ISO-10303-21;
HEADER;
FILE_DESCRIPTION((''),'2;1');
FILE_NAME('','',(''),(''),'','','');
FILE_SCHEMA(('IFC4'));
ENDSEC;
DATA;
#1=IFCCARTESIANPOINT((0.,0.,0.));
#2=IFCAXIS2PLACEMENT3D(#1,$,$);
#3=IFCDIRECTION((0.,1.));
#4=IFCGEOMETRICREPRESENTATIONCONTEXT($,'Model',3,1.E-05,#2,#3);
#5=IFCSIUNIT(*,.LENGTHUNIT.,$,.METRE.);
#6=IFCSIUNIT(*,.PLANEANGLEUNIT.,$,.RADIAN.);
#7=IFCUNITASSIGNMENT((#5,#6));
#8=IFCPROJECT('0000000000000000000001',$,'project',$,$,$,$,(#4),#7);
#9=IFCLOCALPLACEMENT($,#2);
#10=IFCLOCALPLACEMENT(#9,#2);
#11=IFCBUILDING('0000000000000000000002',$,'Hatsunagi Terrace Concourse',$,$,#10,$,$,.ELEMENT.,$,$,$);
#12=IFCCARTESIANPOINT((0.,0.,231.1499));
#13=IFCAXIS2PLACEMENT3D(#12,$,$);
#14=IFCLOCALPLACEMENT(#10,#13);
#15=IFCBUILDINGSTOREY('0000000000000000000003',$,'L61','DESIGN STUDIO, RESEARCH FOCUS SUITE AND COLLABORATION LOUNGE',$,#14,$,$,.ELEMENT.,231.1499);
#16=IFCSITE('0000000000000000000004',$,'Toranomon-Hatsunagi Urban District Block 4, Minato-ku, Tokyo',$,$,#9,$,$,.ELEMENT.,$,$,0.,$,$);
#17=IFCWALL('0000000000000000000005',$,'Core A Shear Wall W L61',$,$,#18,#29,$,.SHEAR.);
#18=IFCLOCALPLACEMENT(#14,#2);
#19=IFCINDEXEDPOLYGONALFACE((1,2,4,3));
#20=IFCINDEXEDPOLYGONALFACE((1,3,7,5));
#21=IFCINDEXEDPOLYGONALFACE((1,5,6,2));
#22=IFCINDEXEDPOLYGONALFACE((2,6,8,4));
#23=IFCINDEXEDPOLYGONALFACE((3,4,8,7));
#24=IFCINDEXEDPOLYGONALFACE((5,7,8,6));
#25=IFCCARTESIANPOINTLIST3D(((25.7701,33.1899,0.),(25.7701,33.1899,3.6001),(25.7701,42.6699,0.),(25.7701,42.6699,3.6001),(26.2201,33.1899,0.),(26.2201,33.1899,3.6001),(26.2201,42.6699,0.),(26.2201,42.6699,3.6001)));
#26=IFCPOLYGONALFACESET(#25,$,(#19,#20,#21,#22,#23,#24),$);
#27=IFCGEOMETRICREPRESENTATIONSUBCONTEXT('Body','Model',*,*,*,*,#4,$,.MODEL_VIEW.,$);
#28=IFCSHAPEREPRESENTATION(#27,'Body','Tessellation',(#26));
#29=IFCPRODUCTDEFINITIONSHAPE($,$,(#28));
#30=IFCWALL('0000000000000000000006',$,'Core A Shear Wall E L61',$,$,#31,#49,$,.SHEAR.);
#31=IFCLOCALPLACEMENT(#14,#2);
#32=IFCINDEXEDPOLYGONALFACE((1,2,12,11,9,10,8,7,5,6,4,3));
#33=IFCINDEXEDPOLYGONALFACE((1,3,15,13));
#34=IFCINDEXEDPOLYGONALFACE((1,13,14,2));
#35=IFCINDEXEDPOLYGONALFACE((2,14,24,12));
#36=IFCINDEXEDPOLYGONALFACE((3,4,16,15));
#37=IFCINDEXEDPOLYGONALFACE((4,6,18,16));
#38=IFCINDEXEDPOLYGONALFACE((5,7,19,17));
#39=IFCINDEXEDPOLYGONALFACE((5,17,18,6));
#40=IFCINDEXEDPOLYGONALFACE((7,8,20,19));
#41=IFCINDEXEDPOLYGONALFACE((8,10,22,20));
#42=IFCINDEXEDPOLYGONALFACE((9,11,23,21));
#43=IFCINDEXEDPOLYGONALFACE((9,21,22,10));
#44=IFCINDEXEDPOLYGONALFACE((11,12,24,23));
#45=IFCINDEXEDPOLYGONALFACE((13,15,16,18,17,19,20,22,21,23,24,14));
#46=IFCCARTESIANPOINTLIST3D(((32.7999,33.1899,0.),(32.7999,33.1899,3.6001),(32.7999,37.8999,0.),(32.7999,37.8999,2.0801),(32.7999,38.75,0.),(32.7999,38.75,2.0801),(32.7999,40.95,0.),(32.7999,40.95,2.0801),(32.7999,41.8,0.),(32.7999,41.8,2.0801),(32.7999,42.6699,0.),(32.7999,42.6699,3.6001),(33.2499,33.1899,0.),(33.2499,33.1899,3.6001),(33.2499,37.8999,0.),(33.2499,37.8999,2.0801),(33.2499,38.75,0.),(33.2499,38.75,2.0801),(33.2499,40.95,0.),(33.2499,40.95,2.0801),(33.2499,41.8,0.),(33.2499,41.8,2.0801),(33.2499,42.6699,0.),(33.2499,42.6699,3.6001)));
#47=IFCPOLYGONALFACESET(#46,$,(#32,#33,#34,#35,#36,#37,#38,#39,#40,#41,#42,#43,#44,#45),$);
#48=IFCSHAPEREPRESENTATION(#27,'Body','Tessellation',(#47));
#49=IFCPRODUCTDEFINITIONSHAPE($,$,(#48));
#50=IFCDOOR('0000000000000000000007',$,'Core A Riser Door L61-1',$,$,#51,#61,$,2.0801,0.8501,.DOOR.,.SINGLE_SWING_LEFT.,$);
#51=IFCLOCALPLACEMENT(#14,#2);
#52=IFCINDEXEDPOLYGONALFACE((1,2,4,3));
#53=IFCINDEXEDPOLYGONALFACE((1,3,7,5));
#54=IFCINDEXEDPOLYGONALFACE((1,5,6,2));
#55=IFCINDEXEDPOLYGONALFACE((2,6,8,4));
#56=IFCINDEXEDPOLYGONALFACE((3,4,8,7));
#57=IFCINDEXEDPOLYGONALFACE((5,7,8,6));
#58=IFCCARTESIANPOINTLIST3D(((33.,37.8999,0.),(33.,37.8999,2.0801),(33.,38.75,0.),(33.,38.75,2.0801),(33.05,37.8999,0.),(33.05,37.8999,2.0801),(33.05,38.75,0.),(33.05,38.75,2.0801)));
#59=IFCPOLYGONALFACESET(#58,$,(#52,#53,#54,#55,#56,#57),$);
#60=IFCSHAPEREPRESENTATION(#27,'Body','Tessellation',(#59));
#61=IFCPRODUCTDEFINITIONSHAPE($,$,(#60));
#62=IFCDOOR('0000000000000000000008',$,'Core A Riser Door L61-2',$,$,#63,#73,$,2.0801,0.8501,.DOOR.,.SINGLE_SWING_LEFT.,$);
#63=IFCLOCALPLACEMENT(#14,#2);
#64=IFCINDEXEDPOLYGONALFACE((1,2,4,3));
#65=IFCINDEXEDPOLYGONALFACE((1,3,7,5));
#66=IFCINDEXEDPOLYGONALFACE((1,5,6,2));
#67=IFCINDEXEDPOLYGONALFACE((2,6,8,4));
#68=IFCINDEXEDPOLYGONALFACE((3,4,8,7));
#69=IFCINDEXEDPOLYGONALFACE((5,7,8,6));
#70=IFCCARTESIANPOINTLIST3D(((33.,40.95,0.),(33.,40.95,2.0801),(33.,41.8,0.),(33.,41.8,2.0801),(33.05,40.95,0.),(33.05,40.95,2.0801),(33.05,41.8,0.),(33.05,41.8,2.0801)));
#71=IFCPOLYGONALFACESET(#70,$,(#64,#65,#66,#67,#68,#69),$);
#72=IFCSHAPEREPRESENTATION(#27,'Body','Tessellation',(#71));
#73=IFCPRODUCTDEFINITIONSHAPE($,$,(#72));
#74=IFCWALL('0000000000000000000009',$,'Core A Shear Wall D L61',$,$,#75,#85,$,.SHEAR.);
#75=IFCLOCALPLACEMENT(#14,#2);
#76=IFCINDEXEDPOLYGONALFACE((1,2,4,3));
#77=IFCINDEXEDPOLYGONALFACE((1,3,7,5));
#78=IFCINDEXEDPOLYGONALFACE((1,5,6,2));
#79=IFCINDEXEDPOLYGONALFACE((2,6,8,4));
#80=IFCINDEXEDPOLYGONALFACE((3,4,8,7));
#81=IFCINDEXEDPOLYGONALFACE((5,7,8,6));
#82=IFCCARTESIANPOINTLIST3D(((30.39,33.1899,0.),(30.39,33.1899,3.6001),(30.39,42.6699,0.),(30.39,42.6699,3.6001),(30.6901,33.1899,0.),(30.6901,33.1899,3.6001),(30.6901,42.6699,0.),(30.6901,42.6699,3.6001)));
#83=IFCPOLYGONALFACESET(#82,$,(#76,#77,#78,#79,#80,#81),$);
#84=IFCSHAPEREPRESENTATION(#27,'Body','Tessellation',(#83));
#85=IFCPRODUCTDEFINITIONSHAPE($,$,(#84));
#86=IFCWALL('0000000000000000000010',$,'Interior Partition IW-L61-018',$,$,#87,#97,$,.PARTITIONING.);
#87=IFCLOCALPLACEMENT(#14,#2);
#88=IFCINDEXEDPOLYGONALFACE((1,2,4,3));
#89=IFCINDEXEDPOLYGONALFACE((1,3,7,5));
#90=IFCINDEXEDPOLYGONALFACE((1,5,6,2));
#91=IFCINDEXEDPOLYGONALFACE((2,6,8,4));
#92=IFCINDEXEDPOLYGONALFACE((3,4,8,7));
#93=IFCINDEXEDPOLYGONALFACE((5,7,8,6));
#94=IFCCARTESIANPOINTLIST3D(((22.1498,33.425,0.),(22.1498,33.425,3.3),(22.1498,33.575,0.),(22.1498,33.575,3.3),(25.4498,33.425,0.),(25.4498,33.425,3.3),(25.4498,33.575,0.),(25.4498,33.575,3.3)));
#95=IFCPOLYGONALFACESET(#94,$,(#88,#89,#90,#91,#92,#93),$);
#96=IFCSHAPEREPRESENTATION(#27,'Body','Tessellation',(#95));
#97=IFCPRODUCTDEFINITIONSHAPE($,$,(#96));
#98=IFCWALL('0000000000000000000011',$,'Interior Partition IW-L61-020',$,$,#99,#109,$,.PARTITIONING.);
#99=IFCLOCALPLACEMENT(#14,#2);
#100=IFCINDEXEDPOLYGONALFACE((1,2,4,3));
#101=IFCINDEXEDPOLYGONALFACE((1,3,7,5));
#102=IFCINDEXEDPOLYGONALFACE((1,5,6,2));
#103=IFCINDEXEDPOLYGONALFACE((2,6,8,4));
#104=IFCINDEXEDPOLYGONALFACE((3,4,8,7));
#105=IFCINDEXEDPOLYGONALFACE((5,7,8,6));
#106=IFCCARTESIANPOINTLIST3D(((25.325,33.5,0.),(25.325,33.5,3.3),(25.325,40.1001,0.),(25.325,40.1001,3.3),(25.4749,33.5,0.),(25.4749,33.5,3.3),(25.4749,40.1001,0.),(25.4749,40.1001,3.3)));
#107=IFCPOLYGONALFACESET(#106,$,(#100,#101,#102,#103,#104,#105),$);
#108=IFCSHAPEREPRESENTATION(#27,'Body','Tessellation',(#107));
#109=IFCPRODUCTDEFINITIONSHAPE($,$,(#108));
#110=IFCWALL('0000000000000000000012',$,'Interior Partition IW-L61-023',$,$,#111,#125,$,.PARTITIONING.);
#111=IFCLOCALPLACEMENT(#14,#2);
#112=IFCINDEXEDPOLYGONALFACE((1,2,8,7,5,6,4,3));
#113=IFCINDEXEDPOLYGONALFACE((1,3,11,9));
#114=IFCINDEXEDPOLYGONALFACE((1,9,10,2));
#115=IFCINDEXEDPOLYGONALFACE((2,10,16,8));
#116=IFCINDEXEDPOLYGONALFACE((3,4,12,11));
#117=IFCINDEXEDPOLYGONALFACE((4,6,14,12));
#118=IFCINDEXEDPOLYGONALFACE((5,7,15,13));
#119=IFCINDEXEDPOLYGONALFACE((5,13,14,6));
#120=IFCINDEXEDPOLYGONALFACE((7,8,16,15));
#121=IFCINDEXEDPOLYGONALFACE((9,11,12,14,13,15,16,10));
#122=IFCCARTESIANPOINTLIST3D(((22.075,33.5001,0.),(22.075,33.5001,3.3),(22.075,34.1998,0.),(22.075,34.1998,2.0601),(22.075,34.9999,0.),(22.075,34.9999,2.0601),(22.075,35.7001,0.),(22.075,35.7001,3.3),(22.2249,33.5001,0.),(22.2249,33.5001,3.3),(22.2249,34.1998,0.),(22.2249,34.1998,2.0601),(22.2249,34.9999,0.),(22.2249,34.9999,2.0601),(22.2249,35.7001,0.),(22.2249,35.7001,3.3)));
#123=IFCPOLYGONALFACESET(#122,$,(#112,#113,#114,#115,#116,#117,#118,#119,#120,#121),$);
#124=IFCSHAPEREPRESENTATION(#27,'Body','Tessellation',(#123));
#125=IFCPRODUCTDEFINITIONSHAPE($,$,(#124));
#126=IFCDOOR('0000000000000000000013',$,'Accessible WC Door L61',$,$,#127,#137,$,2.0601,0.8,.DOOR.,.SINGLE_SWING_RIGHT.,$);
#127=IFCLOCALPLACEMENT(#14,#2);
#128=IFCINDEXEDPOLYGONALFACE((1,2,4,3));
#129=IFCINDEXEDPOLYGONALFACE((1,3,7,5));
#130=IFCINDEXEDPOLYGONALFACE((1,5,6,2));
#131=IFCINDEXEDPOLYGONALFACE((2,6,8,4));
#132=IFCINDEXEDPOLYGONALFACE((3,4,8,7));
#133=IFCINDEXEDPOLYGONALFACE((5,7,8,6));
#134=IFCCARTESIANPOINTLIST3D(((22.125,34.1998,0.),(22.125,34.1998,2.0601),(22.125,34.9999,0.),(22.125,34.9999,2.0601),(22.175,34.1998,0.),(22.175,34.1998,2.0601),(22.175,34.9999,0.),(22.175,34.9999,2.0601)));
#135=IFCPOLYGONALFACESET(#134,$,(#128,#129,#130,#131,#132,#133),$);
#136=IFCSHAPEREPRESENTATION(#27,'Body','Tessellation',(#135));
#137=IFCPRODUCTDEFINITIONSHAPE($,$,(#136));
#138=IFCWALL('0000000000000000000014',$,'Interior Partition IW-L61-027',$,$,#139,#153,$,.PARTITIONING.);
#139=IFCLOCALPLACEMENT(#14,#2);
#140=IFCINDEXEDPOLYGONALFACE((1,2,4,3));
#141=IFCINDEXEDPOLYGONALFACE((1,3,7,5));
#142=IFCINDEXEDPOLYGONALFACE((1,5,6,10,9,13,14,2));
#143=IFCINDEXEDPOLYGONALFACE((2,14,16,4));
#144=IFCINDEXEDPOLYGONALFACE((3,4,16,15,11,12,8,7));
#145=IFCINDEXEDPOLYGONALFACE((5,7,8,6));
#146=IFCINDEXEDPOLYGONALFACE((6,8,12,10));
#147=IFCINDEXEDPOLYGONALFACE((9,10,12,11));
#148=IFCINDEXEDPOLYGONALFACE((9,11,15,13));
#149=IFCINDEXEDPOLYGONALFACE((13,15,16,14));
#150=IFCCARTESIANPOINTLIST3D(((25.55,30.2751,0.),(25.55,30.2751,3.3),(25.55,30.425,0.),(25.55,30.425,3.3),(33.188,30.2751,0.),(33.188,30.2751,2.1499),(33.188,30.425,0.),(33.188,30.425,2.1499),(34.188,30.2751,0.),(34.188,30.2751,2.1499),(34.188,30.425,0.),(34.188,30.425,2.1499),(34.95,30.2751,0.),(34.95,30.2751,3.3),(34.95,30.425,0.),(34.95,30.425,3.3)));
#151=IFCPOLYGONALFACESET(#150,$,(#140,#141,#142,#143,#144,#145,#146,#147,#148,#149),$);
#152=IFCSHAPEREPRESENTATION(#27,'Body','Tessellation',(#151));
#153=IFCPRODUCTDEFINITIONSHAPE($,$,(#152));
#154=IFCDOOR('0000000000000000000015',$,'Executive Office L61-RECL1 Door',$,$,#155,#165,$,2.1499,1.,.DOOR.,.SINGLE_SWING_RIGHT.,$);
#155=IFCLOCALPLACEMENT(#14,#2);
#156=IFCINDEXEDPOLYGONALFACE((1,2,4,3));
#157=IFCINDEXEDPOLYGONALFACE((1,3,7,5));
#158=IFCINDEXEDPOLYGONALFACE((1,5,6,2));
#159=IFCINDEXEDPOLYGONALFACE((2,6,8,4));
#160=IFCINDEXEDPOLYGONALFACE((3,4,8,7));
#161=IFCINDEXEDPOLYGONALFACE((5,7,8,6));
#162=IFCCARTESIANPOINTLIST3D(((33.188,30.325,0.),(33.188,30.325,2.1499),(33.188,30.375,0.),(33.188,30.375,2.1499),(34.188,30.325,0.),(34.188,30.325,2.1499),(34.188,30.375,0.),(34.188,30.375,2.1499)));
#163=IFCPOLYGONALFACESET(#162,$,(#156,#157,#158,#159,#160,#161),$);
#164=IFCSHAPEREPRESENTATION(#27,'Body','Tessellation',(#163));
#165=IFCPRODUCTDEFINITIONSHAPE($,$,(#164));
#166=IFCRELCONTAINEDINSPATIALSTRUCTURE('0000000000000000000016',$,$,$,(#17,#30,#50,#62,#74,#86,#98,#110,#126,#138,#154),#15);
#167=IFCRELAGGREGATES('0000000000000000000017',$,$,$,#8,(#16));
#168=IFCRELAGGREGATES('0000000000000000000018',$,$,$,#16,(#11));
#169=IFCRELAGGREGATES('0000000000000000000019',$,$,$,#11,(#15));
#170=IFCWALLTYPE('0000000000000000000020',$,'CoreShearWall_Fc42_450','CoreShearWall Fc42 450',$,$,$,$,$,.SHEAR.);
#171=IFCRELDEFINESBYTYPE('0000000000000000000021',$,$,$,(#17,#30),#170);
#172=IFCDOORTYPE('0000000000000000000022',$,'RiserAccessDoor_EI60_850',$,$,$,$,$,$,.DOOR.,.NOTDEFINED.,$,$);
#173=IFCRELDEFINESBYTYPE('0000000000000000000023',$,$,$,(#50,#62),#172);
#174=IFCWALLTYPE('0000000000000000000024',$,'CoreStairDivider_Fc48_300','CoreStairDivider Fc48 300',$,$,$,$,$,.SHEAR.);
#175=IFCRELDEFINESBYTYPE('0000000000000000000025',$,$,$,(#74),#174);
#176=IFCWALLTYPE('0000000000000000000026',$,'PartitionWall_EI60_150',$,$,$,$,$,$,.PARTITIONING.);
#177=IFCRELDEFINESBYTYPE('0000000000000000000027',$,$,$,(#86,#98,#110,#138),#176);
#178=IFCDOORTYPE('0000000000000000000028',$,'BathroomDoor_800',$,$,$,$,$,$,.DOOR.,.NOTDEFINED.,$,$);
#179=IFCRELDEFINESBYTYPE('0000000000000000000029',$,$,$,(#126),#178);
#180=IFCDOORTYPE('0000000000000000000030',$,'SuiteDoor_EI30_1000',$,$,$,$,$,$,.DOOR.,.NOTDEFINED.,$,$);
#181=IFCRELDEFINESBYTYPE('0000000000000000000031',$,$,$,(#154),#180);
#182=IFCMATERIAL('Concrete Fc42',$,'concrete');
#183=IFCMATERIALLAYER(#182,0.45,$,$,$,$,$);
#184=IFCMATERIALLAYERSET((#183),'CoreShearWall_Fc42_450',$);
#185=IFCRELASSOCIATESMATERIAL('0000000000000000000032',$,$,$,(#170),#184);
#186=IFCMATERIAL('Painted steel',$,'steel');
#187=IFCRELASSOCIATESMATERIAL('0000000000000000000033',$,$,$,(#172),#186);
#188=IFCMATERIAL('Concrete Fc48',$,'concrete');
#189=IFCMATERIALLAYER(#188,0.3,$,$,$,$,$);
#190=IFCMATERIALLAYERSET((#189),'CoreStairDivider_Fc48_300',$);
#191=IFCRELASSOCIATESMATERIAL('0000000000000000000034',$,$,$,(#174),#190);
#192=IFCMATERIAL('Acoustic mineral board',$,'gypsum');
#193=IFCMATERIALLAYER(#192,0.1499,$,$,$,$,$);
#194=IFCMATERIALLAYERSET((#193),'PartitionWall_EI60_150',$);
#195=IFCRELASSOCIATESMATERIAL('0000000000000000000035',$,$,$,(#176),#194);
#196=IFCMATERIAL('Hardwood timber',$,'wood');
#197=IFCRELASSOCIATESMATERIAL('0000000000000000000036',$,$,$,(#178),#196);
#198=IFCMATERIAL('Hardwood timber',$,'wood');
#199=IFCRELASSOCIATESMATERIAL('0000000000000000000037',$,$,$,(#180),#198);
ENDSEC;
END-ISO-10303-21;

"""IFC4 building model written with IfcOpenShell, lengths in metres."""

from ifc_helpers import new_model, si_unit, direction, frame, frame_2d, origin, place, context, subcontext, project, spatial, rectangle, extrude, material, layer, layer_set, type_object, element, fill, save


model = new_model("IFC4")

# Units and contexts
model_context = context("Model", 3, precision=1e-05, world=origin(), true_north=direction((0.0, 1.0)))
body_context = subcontext(model_context, "Body", "Model", "MODEL_VIEW")
ifc_project = project(units=[si_unit("LENGTHUNIT", "METRE"), si_unit("PLANEANGLEUNIT", "RADIAN")], contexts=[model_context])

# Site, building, storey
site_placement = place(None, origin())
site = spatial("IfcSite", under=ifc_project, at=site_placement, Name="Toranomon-Hatsunagi Urban District Block 4, Minato-ku, Tokyo", CompositionType="ELEMENT", RefElevation=0.0)
building_placement = place(site_placement, origin())
building = spatial("IfcBuilding", under=site, at=building_placement, Name="Hatsunagi Terrace Concourse", CompositionType="ELEMENT")
storey_placement = place(building_placement, frame((0.0, 0.0, 231.1499)))
storey = spatial("IfcBuildingStorey", under=building, at=storey_placement, Name="L61", Description="DESIGN STUDIO, RESEARCH FOCUS SUITE AND COLLABORATION LOUNGE", CompositionType="ELEMENT", Elevation=231.1499)

# Shared definitions
ifc_material_1 = material(Name="Concrete Fc42", Category="concrete")
ifc_layer_1 = layer(ifc_material_1, 0.45)
ifc_layer_set_1 = layer_set([ifc_layer_1], Name="CoreShearWall_Fc42_450")
wall_type_1 = type_object("IfcWallType", Name="CoreShearWall_Fc42_450", Description="CoreShearWall Fc42 450", PredefinedType="SHEAR", material=ifc_layer_set_1)

# Wall
wall_1_placement = place(storey_placement, frame((25.9951, 33.1899, 0.0), z_axis=(0.0, 0.0, 1.0), x_axis=(0.0, 1.0, 0.0)))
element("IfcWall", 1, at=wall_1_placement, inside=storey, type_object=wall_type_1, Name="Core A Shear Wall W L61", PredefinedType="SHEAR", context=body_context, shape_type="SweptSolid", body=[
    extrude(rectangle(XDim=9.48, YDim=0.45, at=frame_2d((4.74, 0.0))), origin(), (0.0, 0.0, 1.0), 3.6001),
])

# Wall, openings, doors
wall_2_placement = place(storey_placement, frame((33.0249, 33.1899, 0.0), z_axis=(0.0, 0.0, 1.0), x_axis=(0.0, 1.0, 0.0)))
wall_2 = element("IfcWall", 2, at=wall_2_placement, inside=storey, type_object=wall_type_1, Name="Core A Shear Wall E L61", PredefinedType="SHEAR", context=body_context, shape_type="SweptSolid", body=[
    extrude(rectangle(XDim=9.48, YDim=0.45, at=frame_2d((4.74, 0.0))), origin(), (0.0, 0.0, 1.0), 3.6001),
])
opening_1_placement = place(wall_2_placement, frame((4.71, 0.0, 0.0)))
opening_1 = element("IfcOpeningElement", 3, at=opening_1_placement, cuts=wall_2, PredefinedType="OPENING", context=body_context, shape_type="SweptSolid", body=[
    extrude(rectangle(XDim=0.8501, YDim=2.0801, at=frame_2d((0.425, 1.04))), frame((0.0, 0.2349, 0.0), z_axis=(0.0, -1.0, 0.0), x_axis=(1.0, 0.0, 0.0)), (0.0, 0.0, 1.0), 0.47),
])
opening_2_placement = place(wall_2_placement, frame((7.76, 0.0, 0.0)))
opening_2 = element("IfcOpeningElement", 4, at=opening_2_placement, cuts=wall_2, PredefinedType="OPENING", context=body_context, shape_type="SweptSolid", body=[
    extrude(rectangle(XDim=0.8501, YDim=2.0801, at=frame_2d((0.425, 1.04))), frame((0.0, 0.2349, 0.0), z_axis=(0.0, -1.0, 0.0), x_axis=(1.0, 0.0, 0.0)), (0.0, 0.0, 1.0), 0.47),
])
ifc_material_2 = material(Name="Painted steel", Category="steel")
door_type_1 = type_object("IfcDoorType", Name="RiserAccessDoor_EI60_850", OperationType="NOTDEFINED", PredefinedType="DOOR", material=ifc_material_2)
door_1_placement = place(opening_1_placement, origin())
door_1 = element("IfcDoor", 5, at=door_1_placement, inside=storey, type_object=door_type_1, Name="Core A Riser Door L61-1", OperationType="SINGLE_SWING_LEFT", OverallHeight=2.0801, OverallWidth=0.8501, PredefinedType="DOOR", context=body_context, shape_type="SweptSolid", body=[
    extrude(rectangle(XDim=0.8501, YDim=2.0801, at=frame_2d((0.425, 1.04))), frame((0.0, 0.0249, 0.0), z_axis=(0.0, -1.0, 0.0), x_axis=(1.0, 0.0, 0.0)), (0.0, 0.0, 1.0), 0.05),
])
fill(opening_1, door_1)
door_2_placement = place(opening_2_placement, origin())
door_2 = element("IfcDoor", 6, at=door_2_placement, inside=storey, type_object=door_type_1, Name="Core A Riser Door L61-2", OperationType="SINGLE_SWING_LEFT", OverallHeight=2.0801, OverallWidth=0.8501, PredefinedType="DOOR", context=body_context, shape_type="SweptSolid", body=[
    extrude(rectangle(XDim=0.8501, YDim=2.0801, at=frame_2d((0.425, 1.04))), frame((0.0, 0.0249, 0.0), z_axis=(0.0, -1.0, 0.0), x_axis=(1.0, 0.0, 0.0)), (0.0, 0.0, 1.0), 0.05),
])
fill(opening_2, door_2)

# Walls
ifc_material_3 = material(Name="Concrete Fc48", Category="concrete")
ifc_layer_2 = layer(ifc_material_3, 0.3)
ifc_layer_set_2 = layer_set([ifc_layer_2], Name="CoreStairDivider_Fc48_300")
wall_type_2 = type_object("IfcWallType", Name="CoreStairDivider_Fc48_300", Description="CoreStairDivider Fc48 300", PredefinedType="SHEAR", material=ifc_layer_set_2)
wall_3_placement = place(storey_placement, frame((30.54, 33.1899, 0.0), z_axis=(0.0, 0.0, 1.0), x_axis=(0.0, 1.0, 0.0)))
element("IfcWall", 7, at=wall_3_placement, inside=storey, type_object=wall_type_2, Name="Core A Shear Wall D L61", PredefinedType="SHEAR", context=body_context, shape_type="SweptSolid", body=[
    extrude(rectangle(XDim=9.48, YDim=0.3, at=frame_2d((4.74, 0.0))), origin(), (0.0, 0.0, 1.0), 3.6001),
])
ifc_material_4 = material(Name="Acoustic mineral board", Category="gypsum")
ifc_layer_3 = layer(ifc_material_4, 0.1499)
ifc_layer_set_3 = layer_set([ifc_layer_3], Name="PartitionWall_EI60_150")
wall_type_3 = type_object("IfcWallType", Name="PartitionWall_EI60_150", PredefinedType="PARTITIONING", material=ifc_layer_set_3)
wall_4_placement = place(storey_placement, frame((22.1499, 33.5, 0.0), z_axis=(0.0, 0.0, 1.0), x_axis=(1.0, 0.0, 0.0)))
element("IfcWall", 8, at=wall_4_placement, inside=storey, type_object=wall_type_3, Name="Interior Partition IW-L61-018", PredefinedType="PARTITIONING", context=body_context, shape_type="SweptSolid", body=[
    extrude(rectangle(XDim=3.3, YDim=0.1499, at=frame_2d((1.6499, 0.0))), origin(), (0.0, 0.0, 1.0), 3.3),
])
wall_5_placement = place(storey_placement, frame((25.3999, 33.5, 0.0), z_axis=(0.0, 0.0, 1.0), x_axis=(0.0, 1.0, 0.0)))
element("IfcWall", 9, at=wall_5_placement, inside=storey, type_object=wall_type_3, Name="Interior Partition IW-L61-020", PredefinedType="PARTITIONING", context=body_context, shape_type="SweptSolid", body=[
    extrude(rectangle(XDim=6.6001, YDim=0.1499, at=frame_2d((3.3, 0.0))), origin(), (0.0, 0.0, 1.0), 3.3),
])

# Walls, openings, doors
wall_6_placement = place(storey_placement, frame((22.1499, 33.5, 0.0), z_axis=(0.0, 0.0, 1.0), x_axis=(0.0, 1.0, 0.0)))
wall_6 = element("IfcWall", 10, at=wall_6_placement, inside=storey, type_object=wall_type_3, Name="Interior Partition IW-L61-023", PredefinedType="PARTITIONING", context=body_context, shape_type="SweptSolid", body=[
    extrude(rectangle(XDim=2.2, YDim=0.1499, at=frame_2d((1.1001, 0.0))), origin(), (0.0, 0.0, 1.0), 3.3),
])
opening_3_placement = place(wall_6_placement, frame((0.7, 0.0, 0.0)))
opening_3 = element("IfcOpeningElement", 11, at=opening_3_placement, cuts=wall_6, PredefinedType="OPENING", context=body_context, shape_type="SweptSolid", body=[
    extrude(rectangle(XDim=0.8, YDim=2.0601, at=frame_2d((0.3999, 1.03))), frame((0.0, 0.085, 0.0), z_axis=(0.0, -1.0, 0.0), x_axis=(1.0, 0.0, 0.0)), (0.0, 0.0, 1.0), 0.1699),
])
ifc_material_5 = material(Name="Hardwood timber", Category="wood")
door_type_2 = type_object("IfcDoorType", Name="BathroomDoor_800", OperationType="NOTDEFINED", PredefinedType="DOOR", material=ifc_material_5)
door_3_placement = place(opening_3_placement, origin())
door_3 = element("IfcDoor", 12, at=door_3_placement, inside=storey, type_object=door_type_2, Name="Accessible WC Door L61", OperationType="SINGLE_SWING_RIGHT", OverallHeight=2.0601, OverallWidth=0.8, PredefinedType="DOOR", context=body_context, shape_type="SweptSolid", body=[
    extrude(rectangle(XDim=0.8, YDim=2.0601, at=frame_2d((0.3999, 1.03))), frame((0.0, 0.0249, 0.0), z_axis=(0.0, -1.0, 0.0), x_axis=(1.0, 0.0, 0.0)), (0.0, 0.0, 1.0), 0.05),
])
fill(opening_3, door_3)
wall_7_placement = place(storey_placement, frame((25.55, 30.3501, 0.0), z_axis=(0.0, 0.0, 1.0), x_axis=(1.0, 0.0, 0.0)))
wall_7 = element("IfcWall", 13, at=wall_7_placement, inside=storey, type_object=wall_type_3, Name="Interior Partition IW-L61-027", PredefinedType="PARTITIONING", context=body_context, shape_type="SweptSolid", body=[
    extrude(rectangle(XDim=9.3999, YDim=0.1499, at=frame_2d((4.7, 0.0))), origin(), (0.0, 0.0, 1.0), 3.3),
])
opening_4_placement = place(wall_7_placement, frame((7.6379, 0.0, 0.0)))
opening_4 = element("IfcOpeningElement", 14, at=opening_4_placement, cuts=wall_7, PredefinedType="OPENING", context=body_context, shape_type="SweptSolid", body=[
    extrude(rectangle(XDim=1.0, YDim=2.1499, at=frame_2d((0.5, 1.075))), frame((0.0, 0.085, 0.0), z_axis=(0.0, -1.0, 0.0), x_axis=(1.0, 0.0, 0.0)), (0.0, 0.0, 1.0), 0.1699),
])
ifc_material_6 = material(Name="Hardwood timber", Category="wood")
door_type_3 = type_object("IfcDoorType", Name="SuiteDoor_EI30_1000", OperationType="NOTDEFINED", PredefinedType="DOOR", material=ifc_material_6)
door_4_placement = place(opening_4_placement, origin())
door_4 = element("IfcDoor", 15, at=door_4_placement, inside=storey, type_object=door_type_3, Name="Executive Office L61-RECL1 Door", OperationType="SINGLE_SWING_RIGHT", OverallHeight=2.1499, OverallWidth=1.0, PredefinedType="DOOR", context=body_context, shape_type="SweptSolid", body=[
    extrude(rectangle(XDim=1.0, YDim=2.1499, at=frame_2d((0.5, 1.075))), frame((0.0, 0.0249, 0.0), z_axis=(0.0, -1.0, 0.0), x_axis=(1.0, 0.0, 0.0)), (0.0, 0.0, 1.0), 0.05),
])
fill(opening_4, door_4)

save(model, "model.ifc")
